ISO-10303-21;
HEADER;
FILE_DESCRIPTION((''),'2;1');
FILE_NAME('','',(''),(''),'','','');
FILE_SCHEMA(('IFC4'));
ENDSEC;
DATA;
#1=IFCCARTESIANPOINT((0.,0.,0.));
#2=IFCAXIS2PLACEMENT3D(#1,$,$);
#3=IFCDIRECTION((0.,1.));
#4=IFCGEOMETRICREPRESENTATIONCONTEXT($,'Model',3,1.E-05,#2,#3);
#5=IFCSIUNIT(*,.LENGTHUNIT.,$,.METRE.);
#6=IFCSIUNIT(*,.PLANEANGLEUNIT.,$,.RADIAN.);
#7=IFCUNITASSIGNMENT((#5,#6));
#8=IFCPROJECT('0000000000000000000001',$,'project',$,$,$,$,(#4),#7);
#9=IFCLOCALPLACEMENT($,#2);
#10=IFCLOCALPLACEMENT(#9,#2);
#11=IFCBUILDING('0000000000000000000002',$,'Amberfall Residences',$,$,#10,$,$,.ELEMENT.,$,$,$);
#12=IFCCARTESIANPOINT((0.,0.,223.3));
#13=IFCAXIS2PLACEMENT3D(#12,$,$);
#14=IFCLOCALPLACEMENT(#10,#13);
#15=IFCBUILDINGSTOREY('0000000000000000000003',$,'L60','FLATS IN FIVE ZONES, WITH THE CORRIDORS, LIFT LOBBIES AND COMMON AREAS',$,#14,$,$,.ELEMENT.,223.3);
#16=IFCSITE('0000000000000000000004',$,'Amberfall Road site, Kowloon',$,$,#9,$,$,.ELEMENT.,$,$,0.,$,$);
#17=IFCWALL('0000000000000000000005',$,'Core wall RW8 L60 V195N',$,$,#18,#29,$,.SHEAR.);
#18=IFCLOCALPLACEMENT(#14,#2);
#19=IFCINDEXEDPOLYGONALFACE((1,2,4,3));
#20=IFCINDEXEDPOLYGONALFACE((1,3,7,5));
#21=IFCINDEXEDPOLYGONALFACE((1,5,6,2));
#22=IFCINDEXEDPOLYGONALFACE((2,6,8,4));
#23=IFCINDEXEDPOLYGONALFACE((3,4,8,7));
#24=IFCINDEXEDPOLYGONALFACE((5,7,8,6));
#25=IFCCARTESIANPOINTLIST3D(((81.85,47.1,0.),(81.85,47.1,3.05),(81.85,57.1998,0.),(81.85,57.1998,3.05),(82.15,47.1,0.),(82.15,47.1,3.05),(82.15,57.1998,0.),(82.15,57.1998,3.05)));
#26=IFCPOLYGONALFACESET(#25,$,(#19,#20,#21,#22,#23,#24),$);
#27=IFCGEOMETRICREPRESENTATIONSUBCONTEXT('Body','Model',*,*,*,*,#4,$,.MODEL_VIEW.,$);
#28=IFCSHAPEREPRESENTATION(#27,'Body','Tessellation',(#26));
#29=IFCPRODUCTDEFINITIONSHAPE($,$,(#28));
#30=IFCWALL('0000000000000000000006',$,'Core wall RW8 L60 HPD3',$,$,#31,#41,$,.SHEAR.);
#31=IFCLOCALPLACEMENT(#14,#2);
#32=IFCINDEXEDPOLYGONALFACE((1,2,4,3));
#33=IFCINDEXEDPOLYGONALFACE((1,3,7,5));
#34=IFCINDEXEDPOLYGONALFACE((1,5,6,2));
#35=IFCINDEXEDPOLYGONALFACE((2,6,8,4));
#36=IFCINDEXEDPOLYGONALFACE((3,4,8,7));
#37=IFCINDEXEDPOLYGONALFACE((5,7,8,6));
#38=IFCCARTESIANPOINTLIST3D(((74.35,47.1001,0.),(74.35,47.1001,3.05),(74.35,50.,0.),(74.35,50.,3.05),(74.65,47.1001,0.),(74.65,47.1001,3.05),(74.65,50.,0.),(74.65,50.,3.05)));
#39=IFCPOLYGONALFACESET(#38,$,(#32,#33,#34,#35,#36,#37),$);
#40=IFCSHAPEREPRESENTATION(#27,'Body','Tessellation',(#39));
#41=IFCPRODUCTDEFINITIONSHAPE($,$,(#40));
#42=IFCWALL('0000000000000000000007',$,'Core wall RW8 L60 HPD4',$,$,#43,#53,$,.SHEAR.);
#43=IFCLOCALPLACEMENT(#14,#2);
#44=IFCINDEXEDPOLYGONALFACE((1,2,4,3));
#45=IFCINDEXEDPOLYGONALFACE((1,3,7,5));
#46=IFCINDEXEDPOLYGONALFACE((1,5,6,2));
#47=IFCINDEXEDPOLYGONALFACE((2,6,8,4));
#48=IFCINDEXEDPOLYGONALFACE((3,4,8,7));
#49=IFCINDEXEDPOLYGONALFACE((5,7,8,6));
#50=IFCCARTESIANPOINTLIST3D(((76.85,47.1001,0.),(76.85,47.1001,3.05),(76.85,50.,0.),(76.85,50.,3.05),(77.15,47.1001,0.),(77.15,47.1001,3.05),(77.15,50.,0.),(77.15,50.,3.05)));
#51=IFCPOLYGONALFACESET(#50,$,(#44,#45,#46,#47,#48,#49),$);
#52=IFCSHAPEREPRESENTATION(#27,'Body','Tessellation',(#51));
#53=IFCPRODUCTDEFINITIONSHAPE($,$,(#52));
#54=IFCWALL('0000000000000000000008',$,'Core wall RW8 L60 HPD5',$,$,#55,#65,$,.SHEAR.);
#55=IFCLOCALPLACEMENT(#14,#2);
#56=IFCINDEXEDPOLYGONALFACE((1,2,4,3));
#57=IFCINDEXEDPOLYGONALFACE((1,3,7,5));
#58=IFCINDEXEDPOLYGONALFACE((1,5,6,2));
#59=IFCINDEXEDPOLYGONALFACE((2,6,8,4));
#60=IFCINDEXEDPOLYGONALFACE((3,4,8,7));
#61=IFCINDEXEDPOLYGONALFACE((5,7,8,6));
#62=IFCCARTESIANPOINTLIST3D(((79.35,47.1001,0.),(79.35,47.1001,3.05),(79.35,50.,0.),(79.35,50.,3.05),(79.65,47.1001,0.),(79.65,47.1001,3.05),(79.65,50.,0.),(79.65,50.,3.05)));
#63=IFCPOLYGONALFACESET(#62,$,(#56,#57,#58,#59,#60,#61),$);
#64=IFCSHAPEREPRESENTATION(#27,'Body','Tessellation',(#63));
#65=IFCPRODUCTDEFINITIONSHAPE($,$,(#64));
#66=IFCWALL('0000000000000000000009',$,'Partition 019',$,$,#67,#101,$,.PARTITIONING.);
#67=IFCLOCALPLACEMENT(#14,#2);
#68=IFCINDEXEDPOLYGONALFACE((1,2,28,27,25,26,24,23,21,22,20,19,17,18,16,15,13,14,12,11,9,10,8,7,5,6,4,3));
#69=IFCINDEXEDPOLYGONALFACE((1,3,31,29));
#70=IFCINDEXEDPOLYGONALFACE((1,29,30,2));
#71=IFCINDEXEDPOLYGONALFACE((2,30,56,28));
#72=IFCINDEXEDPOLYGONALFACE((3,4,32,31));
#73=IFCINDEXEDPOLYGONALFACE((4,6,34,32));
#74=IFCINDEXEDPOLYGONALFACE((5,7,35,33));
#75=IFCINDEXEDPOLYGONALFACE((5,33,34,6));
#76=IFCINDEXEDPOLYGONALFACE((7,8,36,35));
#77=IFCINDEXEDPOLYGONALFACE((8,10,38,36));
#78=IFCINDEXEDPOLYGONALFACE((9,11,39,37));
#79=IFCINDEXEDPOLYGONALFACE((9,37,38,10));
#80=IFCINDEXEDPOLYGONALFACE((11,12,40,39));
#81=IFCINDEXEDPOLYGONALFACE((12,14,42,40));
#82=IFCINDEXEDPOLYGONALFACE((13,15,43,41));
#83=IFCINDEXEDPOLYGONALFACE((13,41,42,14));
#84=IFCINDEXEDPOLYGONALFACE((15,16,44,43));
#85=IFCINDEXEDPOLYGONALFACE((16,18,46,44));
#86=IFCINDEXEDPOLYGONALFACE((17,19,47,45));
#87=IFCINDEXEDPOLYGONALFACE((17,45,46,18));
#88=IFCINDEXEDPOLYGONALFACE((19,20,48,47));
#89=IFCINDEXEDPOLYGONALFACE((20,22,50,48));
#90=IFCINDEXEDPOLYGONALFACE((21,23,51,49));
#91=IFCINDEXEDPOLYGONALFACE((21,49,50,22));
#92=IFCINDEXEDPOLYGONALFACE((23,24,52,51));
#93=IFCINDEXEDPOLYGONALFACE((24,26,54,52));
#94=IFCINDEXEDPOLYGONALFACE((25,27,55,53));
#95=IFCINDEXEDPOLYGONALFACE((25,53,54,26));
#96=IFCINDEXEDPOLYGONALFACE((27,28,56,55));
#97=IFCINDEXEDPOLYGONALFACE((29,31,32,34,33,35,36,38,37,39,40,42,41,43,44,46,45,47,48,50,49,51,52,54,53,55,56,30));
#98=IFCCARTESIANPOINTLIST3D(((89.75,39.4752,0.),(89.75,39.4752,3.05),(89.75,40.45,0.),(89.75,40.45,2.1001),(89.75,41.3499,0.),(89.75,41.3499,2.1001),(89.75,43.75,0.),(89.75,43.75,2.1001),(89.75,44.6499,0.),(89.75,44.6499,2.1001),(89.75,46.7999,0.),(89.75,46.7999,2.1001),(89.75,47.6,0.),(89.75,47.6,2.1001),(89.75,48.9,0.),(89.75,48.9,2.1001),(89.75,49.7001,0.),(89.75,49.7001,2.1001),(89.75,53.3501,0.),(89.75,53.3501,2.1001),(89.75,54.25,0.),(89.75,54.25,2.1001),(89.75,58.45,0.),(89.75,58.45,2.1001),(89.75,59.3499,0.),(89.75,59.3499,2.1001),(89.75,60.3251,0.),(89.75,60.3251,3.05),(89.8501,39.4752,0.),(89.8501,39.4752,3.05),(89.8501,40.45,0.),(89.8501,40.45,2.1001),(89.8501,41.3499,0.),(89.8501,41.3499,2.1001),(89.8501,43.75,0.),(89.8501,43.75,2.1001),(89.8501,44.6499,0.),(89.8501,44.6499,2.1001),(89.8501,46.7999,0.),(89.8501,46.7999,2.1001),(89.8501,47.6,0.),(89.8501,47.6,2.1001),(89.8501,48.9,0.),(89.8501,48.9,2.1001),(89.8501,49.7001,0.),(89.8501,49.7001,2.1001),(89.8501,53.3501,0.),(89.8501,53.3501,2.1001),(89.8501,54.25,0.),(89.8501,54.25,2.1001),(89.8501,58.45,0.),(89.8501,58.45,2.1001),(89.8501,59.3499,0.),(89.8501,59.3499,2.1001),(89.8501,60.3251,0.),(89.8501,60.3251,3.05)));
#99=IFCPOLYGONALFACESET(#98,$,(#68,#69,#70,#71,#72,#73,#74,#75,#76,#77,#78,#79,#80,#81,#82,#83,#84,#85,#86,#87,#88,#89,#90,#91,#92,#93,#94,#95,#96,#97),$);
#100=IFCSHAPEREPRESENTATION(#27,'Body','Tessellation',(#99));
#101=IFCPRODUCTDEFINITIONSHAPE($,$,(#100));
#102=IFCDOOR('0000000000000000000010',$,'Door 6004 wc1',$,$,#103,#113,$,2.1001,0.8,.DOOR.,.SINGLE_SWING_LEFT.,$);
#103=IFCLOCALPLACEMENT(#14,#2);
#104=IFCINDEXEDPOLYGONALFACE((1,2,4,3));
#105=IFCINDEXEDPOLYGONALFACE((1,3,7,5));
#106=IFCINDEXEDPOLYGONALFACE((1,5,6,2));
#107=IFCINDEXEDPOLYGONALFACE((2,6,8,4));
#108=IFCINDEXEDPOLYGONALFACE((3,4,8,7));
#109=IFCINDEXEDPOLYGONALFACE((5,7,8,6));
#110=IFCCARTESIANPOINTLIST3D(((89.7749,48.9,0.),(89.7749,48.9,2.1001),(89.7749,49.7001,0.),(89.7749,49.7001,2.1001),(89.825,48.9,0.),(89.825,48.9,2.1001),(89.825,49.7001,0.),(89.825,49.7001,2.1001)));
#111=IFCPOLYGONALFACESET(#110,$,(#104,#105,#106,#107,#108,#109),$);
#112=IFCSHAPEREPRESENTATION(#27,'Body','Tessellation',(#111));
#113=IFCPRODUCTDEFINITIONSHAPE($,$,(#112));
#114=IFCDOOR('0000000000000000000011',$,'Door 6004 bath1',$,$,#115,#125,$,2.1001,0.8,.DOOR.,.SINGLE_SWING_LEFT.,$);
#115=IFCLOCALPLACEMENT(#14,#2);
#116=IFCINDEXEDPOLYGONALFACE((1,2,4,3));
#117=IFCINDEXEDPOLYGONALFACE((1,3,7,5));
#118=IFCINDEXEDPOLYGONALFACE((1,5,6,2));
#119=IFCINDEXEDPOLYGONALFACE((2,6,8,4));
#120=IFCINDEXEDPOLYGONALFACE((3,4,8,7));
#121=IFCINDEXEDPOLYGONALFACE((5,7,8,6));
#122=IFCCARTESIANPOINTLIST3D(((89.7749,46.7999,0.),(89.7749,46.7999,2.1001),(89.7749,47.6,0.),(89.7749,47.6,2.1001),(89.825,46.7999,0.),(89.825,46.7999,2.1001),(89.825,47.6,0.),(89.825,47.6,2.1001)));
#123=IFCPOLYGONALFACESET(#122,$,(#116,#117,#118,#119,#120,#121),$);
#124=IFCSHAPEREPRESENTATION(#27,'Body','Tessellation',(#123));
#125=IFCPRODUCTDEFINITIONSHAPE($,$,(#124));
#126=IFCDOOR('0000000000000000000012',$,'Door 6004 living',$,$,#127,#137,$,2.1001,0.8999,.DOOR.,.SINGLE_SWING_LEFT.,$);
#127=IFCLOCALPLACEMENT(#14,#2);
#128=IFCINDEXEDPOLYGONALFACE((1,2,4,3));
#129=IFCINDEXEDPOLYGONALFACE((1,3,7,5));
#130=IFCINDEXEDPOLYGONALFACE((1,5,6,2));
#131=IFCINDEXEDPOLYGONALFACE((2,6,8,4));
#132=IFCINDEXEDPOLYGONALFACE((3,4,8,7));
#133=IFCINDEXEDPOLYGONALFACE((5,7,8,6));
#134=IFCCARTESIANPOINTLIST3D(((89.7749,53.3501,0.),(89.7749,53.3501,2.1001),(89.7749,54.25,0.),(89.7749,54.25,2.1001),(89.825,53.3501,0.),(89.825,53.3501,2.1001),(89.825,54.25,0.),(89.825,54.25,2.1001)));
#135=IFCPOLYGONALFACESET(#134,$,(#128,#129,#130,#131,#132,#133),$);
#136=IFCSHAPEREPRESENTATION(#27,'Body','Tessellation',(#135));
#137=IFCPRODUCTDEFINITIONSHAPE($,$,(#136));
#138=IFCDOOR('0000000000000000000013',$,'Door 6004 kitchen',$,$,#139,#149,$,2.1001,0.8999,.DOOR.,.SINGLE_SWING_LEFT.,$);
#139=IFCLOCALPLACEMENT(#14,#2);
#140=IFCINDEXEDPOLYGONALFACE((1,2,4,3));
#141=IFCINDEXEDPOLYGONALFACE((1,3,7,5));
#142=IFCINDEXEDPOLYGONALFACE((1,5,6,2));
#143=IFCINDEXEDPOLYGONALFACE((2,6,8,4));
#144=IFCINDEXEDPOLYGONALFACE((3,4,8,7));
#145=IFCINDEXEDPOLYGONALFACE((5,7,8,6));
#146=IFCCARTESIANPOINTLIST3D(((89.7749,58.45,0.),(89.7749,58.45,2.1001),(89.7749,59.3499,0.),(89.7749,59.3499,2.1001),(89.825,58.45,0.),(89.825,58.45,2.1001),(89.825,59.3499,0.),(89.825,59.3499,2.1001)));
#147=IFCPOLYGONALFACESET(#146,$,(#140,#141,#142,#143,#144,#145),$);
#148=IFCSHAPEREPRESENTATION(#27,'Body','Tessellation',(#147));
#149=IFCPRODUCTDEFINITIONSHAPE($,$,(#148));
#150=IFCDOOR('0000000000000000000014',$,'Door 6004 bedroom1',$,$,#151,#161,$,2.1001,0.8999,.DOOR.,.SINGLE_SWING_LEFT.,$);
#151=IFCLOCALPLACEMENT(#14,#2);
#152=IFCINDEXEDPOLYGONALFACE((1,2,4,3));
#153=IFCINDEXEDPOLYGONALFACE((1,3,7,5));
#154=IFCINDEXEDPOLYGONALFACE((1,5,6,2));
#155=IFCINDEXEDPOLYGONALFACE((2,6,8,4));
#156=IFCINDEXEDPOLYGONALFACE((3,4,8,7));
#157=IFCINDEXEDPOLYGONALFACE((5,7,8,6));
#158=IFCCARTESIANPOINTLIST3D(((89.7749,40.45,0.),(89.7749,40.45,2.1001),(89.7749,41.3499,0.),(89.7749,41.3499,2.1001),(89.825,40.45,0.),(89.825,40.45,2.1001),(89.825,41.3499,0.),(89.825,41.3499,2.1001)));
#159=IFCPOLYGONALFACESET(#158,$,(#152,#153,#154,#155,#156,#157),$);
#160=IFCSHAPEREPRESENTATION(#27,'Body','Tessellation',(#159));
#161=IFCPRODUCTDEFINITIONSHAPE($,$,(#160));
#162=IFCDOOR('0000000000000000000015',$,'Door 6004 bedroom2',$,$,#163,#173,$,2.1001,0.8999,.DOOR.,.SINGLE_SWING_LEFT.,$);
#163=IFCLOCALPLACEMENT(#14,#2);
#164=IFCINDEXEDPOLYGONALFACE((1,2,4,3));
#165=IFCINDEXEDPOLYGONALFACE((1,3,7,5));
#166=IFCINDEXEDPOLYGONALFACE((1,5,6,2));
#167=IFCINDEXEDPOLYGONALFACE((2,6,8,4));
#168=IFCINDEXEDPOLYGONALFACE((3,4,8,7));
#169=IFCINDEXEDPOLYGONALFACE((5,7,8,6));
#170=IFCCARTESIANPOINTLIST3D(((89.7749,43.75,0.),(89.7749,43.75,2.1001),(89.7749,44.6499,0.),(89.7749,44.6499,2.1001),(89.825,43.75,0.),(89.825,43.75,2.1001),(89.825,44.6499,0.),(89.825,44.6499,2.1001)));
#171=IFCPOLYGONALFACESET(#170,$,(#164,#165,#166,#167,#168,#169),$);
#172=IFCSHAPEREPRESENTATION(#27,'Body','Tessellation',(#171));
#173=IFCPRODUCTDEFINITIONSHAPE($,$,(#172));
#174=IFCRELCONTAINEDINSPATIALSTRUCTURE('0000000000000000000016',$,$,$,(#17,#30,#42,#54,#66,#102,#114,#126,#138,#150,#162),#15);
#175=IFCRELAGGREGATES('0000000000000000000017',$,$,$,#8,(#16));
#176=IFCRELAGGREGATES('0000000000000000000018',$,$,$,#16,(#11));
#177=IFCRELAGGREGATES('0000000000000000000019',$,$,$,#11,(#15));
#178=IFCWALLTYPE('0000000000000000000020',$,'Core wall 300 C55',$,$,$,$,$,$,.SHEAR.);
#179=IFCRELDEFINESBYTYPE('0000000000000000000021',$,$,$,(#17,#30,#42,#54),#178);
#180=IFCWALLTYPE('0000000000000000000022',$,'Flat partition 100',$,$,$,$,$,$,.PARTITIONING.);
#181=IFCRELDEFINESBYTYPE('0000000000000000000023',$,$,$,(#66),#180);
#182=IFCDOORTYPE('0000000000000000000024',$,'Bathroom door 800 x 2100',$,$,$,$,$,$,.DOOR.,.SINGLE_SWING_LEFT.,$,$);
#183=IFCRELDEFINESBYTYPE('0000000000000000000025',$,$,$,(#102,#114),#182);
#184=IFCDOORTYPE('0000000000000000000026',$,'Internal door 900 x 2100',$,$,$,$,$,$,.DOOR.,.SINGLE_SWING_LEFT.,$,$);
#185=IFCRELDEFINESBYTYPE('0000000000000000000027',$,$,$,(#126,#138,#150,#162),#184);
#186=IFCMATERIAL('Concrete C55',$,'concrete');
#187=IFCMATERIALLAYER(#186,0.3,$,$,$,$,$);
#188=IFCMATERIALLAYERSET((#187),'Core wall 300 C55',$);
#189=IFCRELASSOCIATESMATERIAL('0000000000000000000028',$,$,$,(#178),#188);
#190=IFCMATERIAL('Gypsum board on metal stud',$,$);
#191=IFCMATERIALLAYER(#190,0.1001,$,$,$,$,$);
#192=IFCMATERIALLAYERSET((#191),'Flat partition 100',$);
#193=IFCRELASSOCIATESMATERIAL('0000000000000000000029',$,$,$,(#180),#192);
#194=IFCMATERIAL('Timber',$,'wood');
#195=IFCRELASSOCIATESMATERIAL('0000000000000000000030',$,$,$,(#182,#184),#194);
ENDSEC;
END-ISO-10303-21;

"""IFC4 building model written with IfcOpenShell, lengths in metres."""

from ifc_helpers import new_model, si_unit, direction, frame, frame_2d, origin, place, context, subcontext, project, spatial, rectangle, extrude, material, layer, layer_set, type_object, element, fill, save


model = new_model("IFC4")

# Units and contexts
model_context = context("Model", 3, precision=1e-05, world=origin(), true_north=direction((0.0, 1.0)))
body_context = subcontext(model_context, "Body", "Model", "MODEL_VIEW")
ifc_project = project(units=[si_unit("LENGTHUNIT", "METRE"), si_unit("PLANEANGLEUNIT", "RADIAN")], contexts=[model_context])

# Site, building, storey
site_placement = place(None, origin())
site = spatial("IfcSite", under=ifc_project, at=site_placement, Name="Amberfall Road site, Kowloon", CompositionType="ELEMENT", RefElevation=0.0)
building_placement = place(site_placement, origin())
building = spatial("IfcBuilding", under=site, at=building_placement, Name="Amberfall Residences", CompositionType="ELEMENT")
storey_placement = place(building_placement, frame((0.0, 0.0, 223.3)))
storey = spatial("IfcBuildingStorey", under=building, at=storey_placement, Name="L60", Description="FLATS IN FIVE ZONES, WITH THE CORRIDORS, LIFT LOBBIES AND COMMON AREAS", CompositionType="ELEMENT", Elevation=223.3)

# Walls
ifc_material_1 = material(Name="Concrete C55", Category="concrete")
ifc_layer_1 = layer(ifc_material_1, 0.3)
ifc_layer_set_1 = layer_set([ifc_layer_1], Name="Core wall 300 C55")
wall_type_1 = type_object("IfcWallType", Name="Core wall 300 C55", PredefinedType="SHEAR", material=ifc_layer_set_1)
wall_1_placement = place(storey_placement, frame((82.0, 47.1001, 0.0), z_axis=(0.0, 0.0, 1.0), x_axis=(0.0, 1.0, 0.0)))
element("IfcWall", 1, at=wall_1_placement, inside=storey, type_object=wall_type_1, Name="Core wall RW8 L60 V195N", PredefinedType="SHEAR", context=body_context, shape_type="SweptSolid", body=[
    extrude(rectangle(XDim=10.0999, YDim=0.3, at=frame_2d((5.0498, 0.0))), origin(), (0.0, 0.0, 1.0), 3.05),
])
for number, where, z_axis, x_axis, name in (
    (2, (74.5, 47.1001, 0.0), (0.0, 0.0, 1.0), (0.0, 1.0, 0.0), "Core wall RW8 L60 HPD3"),
    (3, (77.0, 47.1001, 0.0), (0.0, 0.0, 1.0), (0.0, 1.0, 0.0), "Core wall RW8 L60 HPD4"),
    (4, (79.5, 47.1001, 0.0), (0.0, 0.0, 1.0), (0.0, 1.0, 0.0), "Core wall RW8 L60 HPD5"),
):
    element("IfcWall", number, at=place(storey_placement, frame(where, z_axis=z_axis, x_axis=x_axis)), inside=storey, type_object=wall_type_1, Name=name, PredefinedType="SHEAR", context=body_context, shape_type="SweptSolid", body=[
        extrude(rectangle(XDim=2.8999, YDim=0.3, at=frame_2d((1.45, 0.0))), origin(), (0.0, 0.0, 1.0), 3.05),
    ])

# Wall, openings, doors
ifc_material_2 = material(Name="Gypsum board on metal stud")
ifc_layer_2 = layer(ifc_material_2, 0.1001)
ifc_layer_set_2 = layer_set([ifc_layer_2], Name="Flat partition 100")
wall_type_2 = type_object("IfcWallType", Name="Flat partition 100", PredefinedType="PARTITIONING", material=ifc_layer_set_2)
wall_2_placement = place(storey_placement, frame((89.8, 60.325, 0.0), z_axis=(0.0, 0.0, 1.0), x_axis=(0.0, -1.0, 0.0)))
wall_2 = element("IfcWall", 5, at=wall_2_placement, inside=storey, type_object=wall_type_2, Name="Partition 019", PredefinedType="PARTITIONING", context=body_context, shape_type="SweptSolid", body=[
    extrude(rectangle(XDim=20.8499, YDim=0.1001, at=frame_2d((10.4248, 0.0))), origin(), (0.0, 0.0, 1.0), 3.05),
])
opening_1_placement = place(wall_2_placement, frame((6.075, 0.0, 0.0)))
opening_1 = element("IfcOpeningElement", 6, at=opening_1_placement, cuts=wall_2, PredefinedType="OPENING", context=body_context, shape_type="SweptSolid", body=[
    extrude(rectangle(XDim=0.8999, YDim=2.1001, at=frame_2d((0.45, 1.05))), frame((0.0, 0.0601, 0.0), z_axis=(0.0, -1.0, 0.0), x_axis=(1.0, 0.0, 0.0)), (0.0, 0.0, 1.0), 0.1201),
])
opening_2_placement = place(wall_2_placement, frame((0.9751, 0.0, 0.0)))
opening_2 = element("IfcOpeningElement", 7, at=opening_2_placement, cuts=wall_2, PredefinedType="OPENING", context=body_context, shape_type="SweptSolid", body=[
    extrude(rectangle(XDim=0.8999, YDim=2.1001, at=frame_2d((0.45, 1.05))), frame((0.0, 0.0601, 0.0), z_axis=(0.0, -1.0, 0.0), x_axis=(1.0, 0.0, 0.0)), (0.0, 0.0, 1.0), 0.1201),
])
opening_3_placement = place(wall_2_placement, frame((10.625, 0.0, 0.0)))
opening_3 = element("IfcOpeningElement", 8, at=opening_3_placement, cuts=wall_2, PredefinedType="OPENING", context=body_context, shape_type="SweptSolid", body=[
    extrude(rectangle(XDim=0.8, YDim=2.1001, at=frame_2d((0.3999, 1.05))), frame((0.0, 0.0601, 0.0), z_axis=(0.0, -1.0, 0.0), x_axis=(1.0, 0.0, 0.0)), (0.0, 0.0, 1.0), 0.1201),
])
opening_4_placement = place(wall_2_placement, frame((18.9751, 0.0, 0.0)))
opening_4 = element("IfcOpeningElement", 9, at=opening_4_placement, cuts=wall_2, PredefinedType="OPENING", context=body_context, shape_type="SweptSolid", body=[
    extrude(rectangle(XDim=0.8999, YDim=2.1001, at=frame_2d((0.45, 1.05))), frame((0.0, 0.0601, 0.0), z_axis=(0.0, -1.0, 0.0), x_axis=(1.0, 0.0, 0.0)), (0.0, 0.0, 1.0), 0.1201),
])
opening_5_placement = place(wall_2_placement, frame((15.675, 0.0, 0.0)))
opening_5 = element("IfcOpeningElement", 10, at=opening_5_placement, cuts=wall_2, PredefinedType="OPENING", context=body_context, shape_type="SweptSolid", body=[
    extrude(rectangle(XDim=0.8999, YDim=2.1001, at=frame_2d((0.45, 1.05))), frame((0.0, 0.0601, 0.0), z_axis=(0.0, -1.0, 0.0), x_axis=(1.0, 0.0, 0.0)), (0.0, 0.0, 1.0), 0.1201),
])
opening_6_placement = place(wall_2_placement, frame((12.7251, 0.0, 0.0)))
opening_6 = element("IfcOpeningElement", 11, at=opening_6_placement, cuts=wall_2, PredefinedType="OPENING", context=body_context, shape_type="SweptSolid", body=[
    extrude(rectangle(XDim=0.8, YDim=2.1001, at=frame_2d((0.3999, 1.05))), frame((0.0, 0.0601, 0.0), z_axis=(0.0, -1.0, 0.0), x_axis=(1.0, 0.0, 0.0)), (0.0, 0.0, 1.0), 0.1201),
])
ifc_material_3 = material(Name="Timber", Category="wood")
door_type_1 = type_object("IfcDoorType", Name="Bathroom door 800 x 2100", OperationType="SINGLE_SWING_LEFT", PredefinedType="DOOR", material=ifc_material_3)
door_1_placement = place(opening_3_placement, origin())
door_1 = element("IfcDoor", 12, at=door_1_placement, inside=storey, type_object=door_type_1, Name="Door 6004 wc1", OperationType="SINGLE_SWING_LEFT", OverallHeight=2.1001, OverallWidth=0.8, PredefinedType="DOOR", context=body_context, shape_type="SweptSolid", body=[
    extrude(rectangle(XDim=0.8, YDim=2.1001, at=frame_2d((0.3999, 1.05))), frame((0.0, 0.0249, 0.0), z_axis=(0.0, -1.0, 0.0), x_axis=(1.0, 0.0, 0.0)), (0.0, 0.0, 1.0), 0.05),
])
fill(opening_3, door_1)
door_2_placement = place(opening_6_placement, origin())
door_2 = element("IfcDoor", 13, at=door_2_placement, inside=storey, type_object=door_type_1, Name="Door 6004 bath1", OperationType="SINGLE_SWING_LEFT", OverallHeight=2.1001, OverallWidth=0.8, PredefinedType="DOOR", context=body_context, shape_type="SweptSolid", body=[
    extrude(rectangle(XDim=0.8, YDim=2.1001, at=frame_2d((0.3999, 1.05))), frame((0.0, 0.0249, 0.0), z_axis=(0.0, -1.0, 0.0), x_axis=(1.0, 0.0, 0.0)), (0.0, 0.0, 1.0), 0.05),
])
fill(opening_6, door_2)
door_type_2 = type_object("IfcDoorType", Name="Internal door 900 x 2100", OperationType="SINGLE_SWING_LEFT", PredefinedType="DOOR", material=ifc_material_3)
door_3_placement = place(opening_1_placement, origin())
door_3 = element("IfcDoor", 14, at=door_3_placement, inside=storey, type_object=door_type_2, Name="Door 6004 living", OperationType="SINGLE_SWING_LEFT", OverallHeight=2.1001, OverallWidth=0.8999, PredefinedType="DOOR", context=body_context, shape_type="SweptSolid", body=[
    extrude(rectangle(XDim=0.8999, YDim=2.1001, at=frame_2d((0.45, 1.05))), frame((0.0, 0.0249, 0.0), z_axis=(0.0, -1.0, 0.0), x_axis=(1.0, 0.0, 0.0)), (0.0, 0.0, 1.0), 0.05),
])
fill(opening_1, door_3)
door_4_placement = place(opening_2_placement, origin())
door_4 = element("IfcDoor", 15, at=door_4_placement, inside=storey, type_object=door_type_2, Name="Door 6004 kitchen", OperationType="SINGLE_SWING_LEFT", OverallHeight=2.1001, OverallWidth=0.8999, PredefinedType="DOOR", context=body_context, shape_type="SweptSolid", body=[
    extrude(rectangle(XDim=0.8999, YDim=2.1001, at=frame_2d((0.45, 1.05))), frame((0.0, 0.0249, 0.0), z_axis=(0.0, -1.0, 0.0), x_axis=(1.0, 0.0, 0.0)), (0.0, 0.0, 1.0), 0.05),
])
fill(opening_2, door_4)
door_5_placement = place(opening_4_placement, origin())
door_5 = element("IfcDoor", 16, at=door_5_placement, inside=storey, type_object=door_type_2, Name="Door 6004 bedroom1", OperationType="SINGLE_SWING_LEFT", OverallHeight=2.1001, OverallWidth=0.8999, PredefinedType="DOOR", context=body_context, shape_type="SweptSolid", body=[
    extrude(rectangle(XDim=0.8999, YDim=2.1001, at=frame_2d((0.45, 1.05))), frame((0.0, 0.0249, 0.0), z_axis=(0.0, -1.0, 0.0), x_axis=(1.0, 0.0, 0.0)), (0.0, 0.0, 1.0), 0.05),
])
fill(opening_4, door_5)
door_6_placement = place(opening_5_placement, origin())
door_6 = element("IfcDoor", 17, at=door_6_placement, inside=storey, type_object=door_type_2, Name="Door 6004 bedroom2", OperationType="SINGLE_SWING_LEFT", OverallHeight=2.1001, OverallWidth=0.8999, PredefinedType="DOOR", context=body_context, shape_type="SweptSolid", body=[
    extrude(rectangle(XDim=0.8999, YDim=2.1001, at=frame_2d((0.45, 1.05))), frame((0.0, 0.0249, 0.0), z_axis=(0.0, -1.0, 0.0), x_axis=(1.0, 0.0, 0.0)), (0.0, 0.0, 1.0), 0.05),
])
fill(opening_5, door_6)

save(model, "model.ifc")
